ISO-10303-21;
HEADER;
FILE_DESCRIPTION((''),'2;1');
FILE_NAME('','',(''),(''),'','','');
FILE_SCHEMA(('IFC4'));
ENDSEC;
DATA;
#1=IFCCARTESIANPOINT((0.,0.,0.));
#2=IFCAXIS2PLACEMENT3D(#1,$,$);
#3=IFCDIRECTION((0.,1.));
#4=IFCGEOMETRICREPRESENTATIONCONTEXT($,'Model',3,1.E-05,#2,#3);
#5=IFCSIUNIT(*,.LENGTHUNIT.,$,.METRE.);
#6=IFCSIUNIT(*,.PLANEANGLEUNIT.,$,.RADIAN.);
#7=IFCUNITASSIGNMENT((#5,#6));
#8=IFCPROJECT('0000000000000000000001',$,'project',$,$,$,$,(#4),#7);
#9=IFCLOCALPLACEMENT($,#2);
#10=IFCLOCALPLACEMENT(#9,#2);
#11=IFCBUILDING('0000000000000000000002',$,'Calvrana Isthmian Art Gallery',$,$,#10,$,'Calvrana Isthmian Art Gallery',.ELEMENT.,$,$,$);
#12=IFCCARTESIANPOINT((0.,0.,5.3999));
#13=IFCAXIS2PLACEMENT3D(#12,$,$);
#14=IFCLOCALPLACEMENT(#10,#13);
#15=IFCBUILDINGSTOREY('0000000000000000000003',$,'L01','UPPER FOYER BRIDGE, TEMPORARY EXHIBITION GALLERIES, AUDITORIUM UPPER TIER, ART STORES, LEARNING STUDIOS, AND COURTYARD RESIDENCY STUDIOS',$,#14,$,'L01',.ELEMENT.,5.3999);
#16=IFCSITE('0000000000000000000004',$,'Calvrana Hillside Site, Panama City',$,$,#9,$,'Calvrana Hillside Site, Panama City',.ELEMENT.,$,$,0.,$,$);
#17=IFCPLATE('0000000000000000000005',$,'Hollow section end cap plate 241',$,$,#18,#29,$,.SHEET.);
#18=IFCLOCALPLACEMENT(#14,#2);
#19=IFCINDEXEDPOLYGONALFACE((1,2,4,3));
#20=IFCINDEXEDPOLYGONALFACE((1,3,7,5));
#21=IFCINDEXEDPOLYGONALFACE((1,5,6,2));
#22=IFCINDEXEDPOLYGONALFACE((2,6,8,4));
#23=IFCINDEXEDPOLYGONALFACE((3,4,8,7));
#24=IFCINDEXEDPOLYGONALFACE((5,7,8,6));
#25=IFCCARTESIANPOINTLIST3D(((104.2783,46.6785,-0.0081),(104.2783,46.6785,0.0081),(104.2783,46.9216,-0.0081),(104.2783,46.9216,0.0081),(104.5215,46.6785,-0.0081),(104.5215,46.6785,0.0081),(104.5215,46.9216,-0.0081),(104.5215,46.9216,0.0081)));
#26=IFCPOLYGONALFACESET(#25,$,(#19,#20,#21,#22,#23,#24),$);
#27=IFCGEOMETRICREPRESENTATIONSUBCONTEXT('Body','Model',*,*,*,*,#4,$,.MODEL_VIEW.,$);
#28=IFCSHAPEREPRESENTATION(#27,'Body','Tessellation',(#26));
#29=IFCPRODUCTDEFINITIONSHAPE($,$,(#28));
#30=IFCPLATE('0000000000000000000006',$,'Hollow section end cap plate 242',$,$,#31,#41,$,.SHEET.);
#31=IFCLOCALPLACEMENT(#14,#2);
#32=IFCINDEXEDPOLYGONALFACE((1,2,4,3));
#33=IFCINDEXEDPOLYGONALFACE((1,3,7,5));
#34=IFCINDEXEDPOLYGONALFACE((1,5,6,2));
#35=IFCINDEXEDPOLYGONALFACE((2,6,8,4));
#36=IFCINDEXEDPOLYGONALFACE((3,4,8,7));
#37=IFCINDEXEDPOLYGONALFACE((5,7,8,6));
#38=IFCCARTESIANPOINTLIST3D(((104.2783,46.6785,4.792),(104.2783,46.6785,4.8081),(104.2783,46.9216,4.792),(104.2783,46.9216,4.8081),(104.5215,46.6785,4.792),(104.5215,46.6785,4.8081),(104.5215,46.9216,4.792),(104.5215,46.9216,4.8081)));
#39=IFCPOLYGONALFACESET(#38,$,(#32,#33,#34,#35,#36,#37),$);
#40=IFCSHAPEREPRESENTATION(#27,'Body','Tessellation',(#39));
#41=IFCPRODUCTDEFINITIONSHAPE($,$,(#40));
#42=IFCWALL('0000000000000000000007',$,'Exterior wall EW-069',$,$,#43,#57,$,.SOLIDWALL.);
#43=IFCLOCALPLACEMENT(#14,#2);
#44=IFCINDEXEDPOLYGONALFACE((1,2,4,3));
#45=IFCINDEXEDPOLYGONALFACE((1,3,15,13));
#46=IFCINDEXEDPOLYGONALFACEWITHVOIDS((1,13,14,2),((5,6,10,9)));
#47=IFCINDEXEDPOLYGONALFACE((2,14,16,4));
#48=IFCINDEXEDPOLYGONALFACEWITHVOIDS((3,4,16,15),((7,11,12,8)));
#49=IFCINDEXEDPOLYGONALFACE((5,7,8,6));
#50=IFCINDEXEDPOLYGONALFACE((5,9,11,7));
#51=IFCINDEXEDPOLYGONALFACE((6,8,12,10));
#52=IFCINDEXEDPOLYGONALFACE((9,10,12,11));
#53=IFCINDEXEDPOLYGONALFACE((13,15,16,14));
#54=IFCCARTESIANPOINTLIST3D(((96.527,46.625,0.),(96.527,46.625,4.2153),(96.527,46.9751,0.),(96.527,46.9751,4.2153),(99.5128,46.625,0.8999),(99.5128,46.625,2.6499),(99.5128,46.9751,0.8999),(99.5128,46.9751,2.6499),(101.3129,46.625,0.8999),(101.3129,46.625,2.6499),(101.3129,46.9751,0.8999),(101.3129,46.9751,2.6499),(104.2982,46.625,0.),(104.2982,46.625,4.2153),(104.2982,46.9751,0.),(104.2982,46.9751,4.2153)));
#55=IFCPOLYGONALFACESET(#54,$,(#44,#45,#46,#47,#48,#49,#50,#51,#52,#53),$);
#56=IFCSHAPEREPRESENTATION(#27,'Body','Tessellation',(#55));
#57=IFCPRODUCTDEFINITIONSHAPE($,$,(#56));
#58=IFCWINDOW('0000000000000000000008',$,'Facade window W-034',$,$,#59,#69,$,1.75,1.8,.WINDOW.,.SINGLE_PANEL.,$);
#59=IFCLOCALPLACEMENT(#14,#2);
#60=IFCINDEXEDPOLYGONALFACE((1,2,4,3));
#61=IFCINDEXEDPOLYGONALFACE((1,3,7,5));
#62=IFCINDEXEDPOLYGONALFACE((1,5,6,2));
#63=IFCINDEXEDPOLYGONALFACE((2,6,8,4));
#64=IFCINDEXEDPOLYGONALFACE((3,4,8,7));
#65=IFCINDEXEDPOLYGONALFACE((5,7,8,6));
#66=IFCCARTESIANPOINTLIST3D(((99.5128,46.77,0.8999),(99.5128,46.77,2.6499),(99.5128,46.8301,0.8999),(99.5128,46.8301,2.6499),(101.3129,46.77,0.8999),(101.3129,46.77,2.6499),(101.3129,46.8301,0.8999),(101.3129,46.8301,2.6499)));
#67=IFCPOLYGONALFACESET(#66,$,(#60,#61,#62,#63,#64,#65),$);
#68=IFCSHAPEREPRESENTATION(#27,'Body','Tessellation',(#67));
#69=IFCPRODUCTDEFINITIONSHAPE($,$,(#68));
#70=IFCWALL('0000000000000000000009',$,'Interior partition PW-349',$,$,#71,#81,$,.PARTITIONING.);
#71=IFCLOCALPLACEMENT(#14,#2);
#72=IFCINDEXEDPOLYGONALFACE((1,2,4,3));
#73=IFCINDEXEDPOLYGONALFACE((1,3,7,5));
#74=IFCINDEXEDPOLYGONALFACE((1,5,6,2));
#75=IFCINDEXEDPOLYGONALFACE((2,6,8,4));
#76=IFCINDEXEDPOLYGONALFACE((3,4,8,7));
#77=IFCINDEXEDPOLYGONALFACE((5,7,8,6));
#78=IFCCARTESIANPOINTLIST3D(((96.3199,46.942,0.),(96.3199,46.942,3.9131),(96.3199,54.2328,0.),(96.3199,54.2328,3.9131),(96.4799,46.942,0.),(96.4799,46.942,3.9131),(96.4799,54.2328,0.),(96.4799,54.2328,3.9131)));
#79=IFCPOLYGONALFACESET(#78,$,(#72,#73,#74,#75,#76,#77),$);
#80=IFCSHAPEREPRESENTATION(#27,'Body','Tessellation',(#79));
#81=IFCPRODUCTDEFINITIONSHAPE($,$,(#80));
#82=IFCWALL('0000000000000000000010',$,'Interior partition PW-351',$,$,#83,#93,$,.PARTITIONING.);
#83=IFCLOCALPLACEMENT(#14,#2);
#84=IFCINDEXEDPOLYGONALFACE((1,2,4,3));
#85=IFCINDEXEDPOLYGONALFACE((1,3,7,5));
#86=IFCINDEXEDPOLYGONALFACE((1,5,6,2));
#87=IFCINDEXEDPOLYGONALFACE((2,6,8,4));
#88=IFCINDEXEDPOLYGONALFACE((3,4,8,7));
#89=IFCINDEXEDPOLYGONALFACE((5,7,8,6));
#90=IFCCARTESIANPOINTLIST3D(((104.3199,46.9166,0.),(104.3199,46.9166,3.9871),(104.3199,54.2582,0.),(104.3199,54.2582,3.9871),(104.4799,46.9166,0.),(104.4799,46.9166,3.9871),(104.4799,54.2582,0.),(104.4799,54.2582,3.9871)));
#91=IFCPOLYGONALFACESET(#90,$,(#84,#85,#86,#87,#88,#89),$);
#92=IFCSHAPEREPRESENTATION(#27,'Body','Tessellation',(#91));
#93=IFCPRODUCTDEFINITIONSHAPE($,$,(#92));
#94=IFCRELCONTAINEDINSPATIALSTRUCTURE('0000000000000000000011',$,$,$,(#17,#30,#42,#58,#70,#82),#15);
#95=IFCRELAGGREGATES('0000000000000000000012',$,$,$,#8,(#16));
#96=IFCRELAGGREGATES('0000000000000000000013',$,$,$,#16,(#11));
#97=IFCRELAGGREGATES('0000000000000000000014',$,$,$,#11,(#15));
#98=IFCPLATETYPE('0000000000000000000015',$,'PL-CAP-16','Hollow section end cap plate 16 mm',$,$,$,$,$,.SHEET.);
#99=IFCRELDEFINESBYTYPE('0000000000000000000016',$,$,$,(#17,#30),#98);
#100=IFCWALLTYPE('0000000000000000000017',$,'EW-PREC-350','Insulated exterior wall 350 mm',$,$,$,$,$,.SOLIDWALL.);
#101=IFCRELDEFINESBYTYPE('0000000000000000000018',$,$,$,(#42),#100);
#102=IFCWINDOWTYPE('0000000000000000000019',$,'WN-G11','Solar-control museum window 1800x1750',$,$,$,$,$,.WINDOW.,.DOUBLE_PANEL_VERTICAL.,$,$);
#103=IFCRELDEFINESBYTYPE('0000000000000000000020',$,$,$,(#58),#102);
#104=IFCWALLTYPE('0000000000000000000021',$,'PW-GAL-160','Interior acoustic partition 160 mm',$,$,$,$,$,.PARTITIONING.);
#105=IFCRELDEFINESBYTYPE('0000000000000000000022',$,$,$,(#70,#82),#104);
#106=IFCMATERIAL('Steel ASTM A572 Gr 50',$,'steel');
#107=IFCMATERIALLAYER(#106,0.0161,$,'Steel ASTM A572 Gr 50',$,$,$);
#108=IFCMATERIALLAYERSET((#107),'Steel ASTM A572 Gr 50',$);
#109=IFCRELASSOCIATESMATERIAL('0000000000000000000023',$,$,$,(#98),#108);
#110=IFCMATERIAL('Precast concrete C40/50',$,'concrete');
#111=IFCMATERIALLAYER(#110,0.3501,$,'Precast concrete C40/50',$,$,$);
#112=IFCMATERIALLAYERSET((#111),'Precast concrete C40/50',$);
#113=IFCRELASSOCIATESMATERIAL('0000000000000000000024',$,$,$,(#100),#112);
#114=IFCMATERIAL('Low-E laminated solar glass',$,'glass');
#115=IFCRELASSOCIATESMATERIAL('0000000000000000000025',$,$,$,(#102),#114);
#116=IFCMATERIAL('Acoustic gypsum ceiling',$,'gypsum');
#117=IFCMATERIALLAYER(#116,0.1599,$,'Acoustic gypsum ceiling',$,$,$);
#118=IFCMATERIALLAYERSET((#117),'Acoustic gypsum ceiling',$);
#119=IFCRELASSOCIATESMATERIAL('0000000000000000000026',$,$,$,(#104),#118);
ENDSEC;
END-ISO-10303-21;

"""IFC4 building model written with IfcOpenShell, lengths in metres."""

from ifc_helpers import new_model, si_unit, direction, frame, frame_2d, origin, origin_2d, place, context, subcontext, project, spatial, rectangle, extrude, material, layer, layer_set, type_object, element, fill, save


model = new_model("IFC4")

# Units and contexts
model_context = context("Model", 3, precision=1e-05, world=origin(), true_north=direction((0.0, 1.0)))
body_context = subcontext(model_context, "Body", "Model", "MODEL_VIEW")
ifc_project = project(units=[si_unit("LENGTHUNIT", "METRE"), si_unit("PLANEANGLEUNIT", "RADIAN")], contexts=[model_context])

# Site, building, storey
site_placement = place(None, origin())
site = spatial("IfcSite", under=ifc_project, at=site_placement, Name="Calvrana Hillside Site, Panama City", LongName="Calvrana Hillside Site, Panama City", CompositionType="ELEMENT", RefElevation=0.0)
building_placement = place(site_placement, origin())
building = spatial("IfcBuilding", under=site, at=building_placement, Name="Calvrana Isthmian Art Gallery", LongName="Calvrana Isthmian Art Gallery", CompositionType="ELEMENT")
storey_placement = place(building_placement, frame((0.0, 0.0, 5.3999)))
storey = spatial("IfcBuildingStorey", under=building, at=storey_placement, Name="L01", Description="UPPER FOYER BRIDGE, TEMPORARY EXHIBITION GALLERIES, AUDITORIUM UPPER TIER, ART STORES, LEARNING STUDIOS, AND COURTYARD RESIDENCY STUDIOS", LongName="L01", CompositionType="ELEMENT", Elevation=5.3999)

# Plates
ifc_material_1 = material(Name="Steel ASTM A572 Gr 50", Category="steel")
ifc_layer_1 = layer(ifc_material_1, 0.0161, Name="Steel ASTM A572 Gr 50")
ifc_layer_set_1 = layer_set([ifc_layer_1], Name="Steel ASTM A572 Gr 50")
plate_type = type_object("IfcPlateType", Name="PL-CAP-16", Description="Hollow section end cap plate 16 mm", PredefinedType="SHEET", material=ifc_layer_set_1)
for number, where, z_axis, x_axis, name in (
    (1, (104.3999, 46.8, -0.0081), (0.0, 0.0, 1.0), (1.0, 0.0, 0.0), "Hollow section end cap plate 241"),
    (2, (104.3999, 46.8, 4.792), (0.0, 0.0, 1.0), (1.0, 0.0, 0.0), "Hollow section end cap plate 242"),
):
    element("IfcPlate", number, at=place(storey_placement, frame(where, z_axis=z_axis, x_axis=x_axis)), inside=storey, type_object=plate_type, Name=name, PredefinedType="SHEET", context=body_context, shape_type="SweptSolid", body=[
        extrude(rectangle(XDim=0.2432, YDim=0.2432, at=origin_2d()), origin(), (0.0, 0.0, 1.0), 0.0161),
    ])

# Wall, opening, window
ifc_material_2 = material(Name="Precast concrete C40/50", Category="concrete")
ifc_layer_2 = layer(ifc_material_2, 0.3501, Name="Precast concrete C40/50")
ifc_layer_set_2 = layer_set([ifc_layer_2], Name="Precast concrete C40/50")
wall_type_1 = type_object("IfcWallType", Name="EW-PREC-350", Description="Insulated exterior wall 350 mm", PredefinedType="SOLIDWALL", material=ifc_layer_set_2)
wall_1_placement = place(storey_placement, frame((104.2983, 46.8, 0.0), z_axis=(0.0, 0.0, 1.0), x_axis=(-1.0, 0.0, 0.0)))
wall_1 = element("IfcWall", 3, at=wall_1_placement, inside=storey, type_object=wall_type_1, Name="Exterior wall EW-069", PredefinedType="SOLIDWALL", context=body_context, shape_type="SweptSolid", body=[
    extrude(rectangle(XDim=7.7712, YDim=0.3501, at=frame_2d((3.8857, 0.0))), origin(), (0.0, 0.0, 1.0), 4.2153),
])
opening_placement = place(wall_1_placement, frame((2.9856, 0.0, 0.8999)))
opening = element("IfcOpeningElement", 4, at=opening_placement, cuts=wall_1, PredefinedType="OPENING", context=body_context, shape_type="SweptSolid", body=[
    extrude(rectangle(XDim=1.8, YDim=1.75, at=frame_2d((0.8999, 0.875))), frame((0.0, 0.1853, 0.0), z_axis=(0.0, -1.0, 0.0), x_axis=(1.0, 0.0, 0.0)), (0.0, 0.0, 1.0), 0.3706),
])
ifc_material_3 = material(Name="Low-E laminated solar glass", Category="glass")
window_type = type_object("IfcWindowType", Name="WN-G11", Description="Solar-control museum window 1800x1750", PartitioningType="DOUBLE_PANEL_VERTICAL", PredefinedType="WINDOW", material=ifc_material_3)
window_placement = place(opening_placement, origin())
window = element("IfcWindow", 5, at=window_placement, inside=storey, type_object=window_type, Name="Facade window W-034", OverallHeight=1.75, OverallWidth=1.8, PartitioningType="SINGLE_PANEL", PredefinedType="WINDOW", context=body_context, shape_type="SweptSolid", body=[
    extrude(rectangle(XDim=1.8, YDim=1.75, at=frame_2d((0.8999, 0.875))), frame((0.0, 0.03, 0.0), z_axis=(0.0, -1.0, 0.0), x_axis=(1.0, 0.0, 0.0)), (0.0, 0.0, 1.0), 0.0601),
])
fill(opening, window)

# Walls
ifc_material_4 = material(Name="Acoustic gypsum ceiling", Category="gypsum")
ifc_layer_3 = layer(ifc_material_4, 0.1599, Name="Acoustic gypsum ceiling")
ifc_layer_set_3 = layer_set([ifc_layer_3], Name="Acoustic gypsum ceiling")
wall_type_2 = type_object("IfcWallType", Name="PW-GAL-160", Description="Interior acoustic partition 160 mm", PredefinedType="PARTITIONING", material=ifc_layer_set_3)
wall_2_placement = place(storey_placement, frame((96.3999, 46.9419, 0.0), z_axis=(0.0, 0.0, 1.0), x_axis=(0.0, 1.0, 0.0)))
element("IfcWall", 6, at=wall_2_placement, inside=storey, type_object=wall_type_2, Name="Interior partition PW-349", PredefinedType="PARTITIONING", context=body_context, shape_type="SweptSolid", body=[
    extrude(rectangle(XDim=7.2908, YDim=0.1599, at=frame_2d((3.6455, 0.0))), origin(), (0.0, 0.0, 1.0), 3.9131),
])
wall_3_placement = place(storey_placement, frame((104.3999, 46.9165, 0.0), z_axis=(0.0, 0.0, 1.0), x_axis=(0.0, 1.0, 0.0)))
element("IfcWall", 7, at=wall_3_placement, inside=storey, type_object=wall_type_2, Name="Interior partition PW-351", PredefinedType="PARTITIONING", context=body_context, shape_type="SweptSolid", body=[
    extrude(rectangle(XDim=7.3416, YDim=0.1599, at=frame_2d((3.6709, 0.0))), origin(), (0.0, 0.0, 1.0), 3.9871),
])

save(model, "model.ifc")
